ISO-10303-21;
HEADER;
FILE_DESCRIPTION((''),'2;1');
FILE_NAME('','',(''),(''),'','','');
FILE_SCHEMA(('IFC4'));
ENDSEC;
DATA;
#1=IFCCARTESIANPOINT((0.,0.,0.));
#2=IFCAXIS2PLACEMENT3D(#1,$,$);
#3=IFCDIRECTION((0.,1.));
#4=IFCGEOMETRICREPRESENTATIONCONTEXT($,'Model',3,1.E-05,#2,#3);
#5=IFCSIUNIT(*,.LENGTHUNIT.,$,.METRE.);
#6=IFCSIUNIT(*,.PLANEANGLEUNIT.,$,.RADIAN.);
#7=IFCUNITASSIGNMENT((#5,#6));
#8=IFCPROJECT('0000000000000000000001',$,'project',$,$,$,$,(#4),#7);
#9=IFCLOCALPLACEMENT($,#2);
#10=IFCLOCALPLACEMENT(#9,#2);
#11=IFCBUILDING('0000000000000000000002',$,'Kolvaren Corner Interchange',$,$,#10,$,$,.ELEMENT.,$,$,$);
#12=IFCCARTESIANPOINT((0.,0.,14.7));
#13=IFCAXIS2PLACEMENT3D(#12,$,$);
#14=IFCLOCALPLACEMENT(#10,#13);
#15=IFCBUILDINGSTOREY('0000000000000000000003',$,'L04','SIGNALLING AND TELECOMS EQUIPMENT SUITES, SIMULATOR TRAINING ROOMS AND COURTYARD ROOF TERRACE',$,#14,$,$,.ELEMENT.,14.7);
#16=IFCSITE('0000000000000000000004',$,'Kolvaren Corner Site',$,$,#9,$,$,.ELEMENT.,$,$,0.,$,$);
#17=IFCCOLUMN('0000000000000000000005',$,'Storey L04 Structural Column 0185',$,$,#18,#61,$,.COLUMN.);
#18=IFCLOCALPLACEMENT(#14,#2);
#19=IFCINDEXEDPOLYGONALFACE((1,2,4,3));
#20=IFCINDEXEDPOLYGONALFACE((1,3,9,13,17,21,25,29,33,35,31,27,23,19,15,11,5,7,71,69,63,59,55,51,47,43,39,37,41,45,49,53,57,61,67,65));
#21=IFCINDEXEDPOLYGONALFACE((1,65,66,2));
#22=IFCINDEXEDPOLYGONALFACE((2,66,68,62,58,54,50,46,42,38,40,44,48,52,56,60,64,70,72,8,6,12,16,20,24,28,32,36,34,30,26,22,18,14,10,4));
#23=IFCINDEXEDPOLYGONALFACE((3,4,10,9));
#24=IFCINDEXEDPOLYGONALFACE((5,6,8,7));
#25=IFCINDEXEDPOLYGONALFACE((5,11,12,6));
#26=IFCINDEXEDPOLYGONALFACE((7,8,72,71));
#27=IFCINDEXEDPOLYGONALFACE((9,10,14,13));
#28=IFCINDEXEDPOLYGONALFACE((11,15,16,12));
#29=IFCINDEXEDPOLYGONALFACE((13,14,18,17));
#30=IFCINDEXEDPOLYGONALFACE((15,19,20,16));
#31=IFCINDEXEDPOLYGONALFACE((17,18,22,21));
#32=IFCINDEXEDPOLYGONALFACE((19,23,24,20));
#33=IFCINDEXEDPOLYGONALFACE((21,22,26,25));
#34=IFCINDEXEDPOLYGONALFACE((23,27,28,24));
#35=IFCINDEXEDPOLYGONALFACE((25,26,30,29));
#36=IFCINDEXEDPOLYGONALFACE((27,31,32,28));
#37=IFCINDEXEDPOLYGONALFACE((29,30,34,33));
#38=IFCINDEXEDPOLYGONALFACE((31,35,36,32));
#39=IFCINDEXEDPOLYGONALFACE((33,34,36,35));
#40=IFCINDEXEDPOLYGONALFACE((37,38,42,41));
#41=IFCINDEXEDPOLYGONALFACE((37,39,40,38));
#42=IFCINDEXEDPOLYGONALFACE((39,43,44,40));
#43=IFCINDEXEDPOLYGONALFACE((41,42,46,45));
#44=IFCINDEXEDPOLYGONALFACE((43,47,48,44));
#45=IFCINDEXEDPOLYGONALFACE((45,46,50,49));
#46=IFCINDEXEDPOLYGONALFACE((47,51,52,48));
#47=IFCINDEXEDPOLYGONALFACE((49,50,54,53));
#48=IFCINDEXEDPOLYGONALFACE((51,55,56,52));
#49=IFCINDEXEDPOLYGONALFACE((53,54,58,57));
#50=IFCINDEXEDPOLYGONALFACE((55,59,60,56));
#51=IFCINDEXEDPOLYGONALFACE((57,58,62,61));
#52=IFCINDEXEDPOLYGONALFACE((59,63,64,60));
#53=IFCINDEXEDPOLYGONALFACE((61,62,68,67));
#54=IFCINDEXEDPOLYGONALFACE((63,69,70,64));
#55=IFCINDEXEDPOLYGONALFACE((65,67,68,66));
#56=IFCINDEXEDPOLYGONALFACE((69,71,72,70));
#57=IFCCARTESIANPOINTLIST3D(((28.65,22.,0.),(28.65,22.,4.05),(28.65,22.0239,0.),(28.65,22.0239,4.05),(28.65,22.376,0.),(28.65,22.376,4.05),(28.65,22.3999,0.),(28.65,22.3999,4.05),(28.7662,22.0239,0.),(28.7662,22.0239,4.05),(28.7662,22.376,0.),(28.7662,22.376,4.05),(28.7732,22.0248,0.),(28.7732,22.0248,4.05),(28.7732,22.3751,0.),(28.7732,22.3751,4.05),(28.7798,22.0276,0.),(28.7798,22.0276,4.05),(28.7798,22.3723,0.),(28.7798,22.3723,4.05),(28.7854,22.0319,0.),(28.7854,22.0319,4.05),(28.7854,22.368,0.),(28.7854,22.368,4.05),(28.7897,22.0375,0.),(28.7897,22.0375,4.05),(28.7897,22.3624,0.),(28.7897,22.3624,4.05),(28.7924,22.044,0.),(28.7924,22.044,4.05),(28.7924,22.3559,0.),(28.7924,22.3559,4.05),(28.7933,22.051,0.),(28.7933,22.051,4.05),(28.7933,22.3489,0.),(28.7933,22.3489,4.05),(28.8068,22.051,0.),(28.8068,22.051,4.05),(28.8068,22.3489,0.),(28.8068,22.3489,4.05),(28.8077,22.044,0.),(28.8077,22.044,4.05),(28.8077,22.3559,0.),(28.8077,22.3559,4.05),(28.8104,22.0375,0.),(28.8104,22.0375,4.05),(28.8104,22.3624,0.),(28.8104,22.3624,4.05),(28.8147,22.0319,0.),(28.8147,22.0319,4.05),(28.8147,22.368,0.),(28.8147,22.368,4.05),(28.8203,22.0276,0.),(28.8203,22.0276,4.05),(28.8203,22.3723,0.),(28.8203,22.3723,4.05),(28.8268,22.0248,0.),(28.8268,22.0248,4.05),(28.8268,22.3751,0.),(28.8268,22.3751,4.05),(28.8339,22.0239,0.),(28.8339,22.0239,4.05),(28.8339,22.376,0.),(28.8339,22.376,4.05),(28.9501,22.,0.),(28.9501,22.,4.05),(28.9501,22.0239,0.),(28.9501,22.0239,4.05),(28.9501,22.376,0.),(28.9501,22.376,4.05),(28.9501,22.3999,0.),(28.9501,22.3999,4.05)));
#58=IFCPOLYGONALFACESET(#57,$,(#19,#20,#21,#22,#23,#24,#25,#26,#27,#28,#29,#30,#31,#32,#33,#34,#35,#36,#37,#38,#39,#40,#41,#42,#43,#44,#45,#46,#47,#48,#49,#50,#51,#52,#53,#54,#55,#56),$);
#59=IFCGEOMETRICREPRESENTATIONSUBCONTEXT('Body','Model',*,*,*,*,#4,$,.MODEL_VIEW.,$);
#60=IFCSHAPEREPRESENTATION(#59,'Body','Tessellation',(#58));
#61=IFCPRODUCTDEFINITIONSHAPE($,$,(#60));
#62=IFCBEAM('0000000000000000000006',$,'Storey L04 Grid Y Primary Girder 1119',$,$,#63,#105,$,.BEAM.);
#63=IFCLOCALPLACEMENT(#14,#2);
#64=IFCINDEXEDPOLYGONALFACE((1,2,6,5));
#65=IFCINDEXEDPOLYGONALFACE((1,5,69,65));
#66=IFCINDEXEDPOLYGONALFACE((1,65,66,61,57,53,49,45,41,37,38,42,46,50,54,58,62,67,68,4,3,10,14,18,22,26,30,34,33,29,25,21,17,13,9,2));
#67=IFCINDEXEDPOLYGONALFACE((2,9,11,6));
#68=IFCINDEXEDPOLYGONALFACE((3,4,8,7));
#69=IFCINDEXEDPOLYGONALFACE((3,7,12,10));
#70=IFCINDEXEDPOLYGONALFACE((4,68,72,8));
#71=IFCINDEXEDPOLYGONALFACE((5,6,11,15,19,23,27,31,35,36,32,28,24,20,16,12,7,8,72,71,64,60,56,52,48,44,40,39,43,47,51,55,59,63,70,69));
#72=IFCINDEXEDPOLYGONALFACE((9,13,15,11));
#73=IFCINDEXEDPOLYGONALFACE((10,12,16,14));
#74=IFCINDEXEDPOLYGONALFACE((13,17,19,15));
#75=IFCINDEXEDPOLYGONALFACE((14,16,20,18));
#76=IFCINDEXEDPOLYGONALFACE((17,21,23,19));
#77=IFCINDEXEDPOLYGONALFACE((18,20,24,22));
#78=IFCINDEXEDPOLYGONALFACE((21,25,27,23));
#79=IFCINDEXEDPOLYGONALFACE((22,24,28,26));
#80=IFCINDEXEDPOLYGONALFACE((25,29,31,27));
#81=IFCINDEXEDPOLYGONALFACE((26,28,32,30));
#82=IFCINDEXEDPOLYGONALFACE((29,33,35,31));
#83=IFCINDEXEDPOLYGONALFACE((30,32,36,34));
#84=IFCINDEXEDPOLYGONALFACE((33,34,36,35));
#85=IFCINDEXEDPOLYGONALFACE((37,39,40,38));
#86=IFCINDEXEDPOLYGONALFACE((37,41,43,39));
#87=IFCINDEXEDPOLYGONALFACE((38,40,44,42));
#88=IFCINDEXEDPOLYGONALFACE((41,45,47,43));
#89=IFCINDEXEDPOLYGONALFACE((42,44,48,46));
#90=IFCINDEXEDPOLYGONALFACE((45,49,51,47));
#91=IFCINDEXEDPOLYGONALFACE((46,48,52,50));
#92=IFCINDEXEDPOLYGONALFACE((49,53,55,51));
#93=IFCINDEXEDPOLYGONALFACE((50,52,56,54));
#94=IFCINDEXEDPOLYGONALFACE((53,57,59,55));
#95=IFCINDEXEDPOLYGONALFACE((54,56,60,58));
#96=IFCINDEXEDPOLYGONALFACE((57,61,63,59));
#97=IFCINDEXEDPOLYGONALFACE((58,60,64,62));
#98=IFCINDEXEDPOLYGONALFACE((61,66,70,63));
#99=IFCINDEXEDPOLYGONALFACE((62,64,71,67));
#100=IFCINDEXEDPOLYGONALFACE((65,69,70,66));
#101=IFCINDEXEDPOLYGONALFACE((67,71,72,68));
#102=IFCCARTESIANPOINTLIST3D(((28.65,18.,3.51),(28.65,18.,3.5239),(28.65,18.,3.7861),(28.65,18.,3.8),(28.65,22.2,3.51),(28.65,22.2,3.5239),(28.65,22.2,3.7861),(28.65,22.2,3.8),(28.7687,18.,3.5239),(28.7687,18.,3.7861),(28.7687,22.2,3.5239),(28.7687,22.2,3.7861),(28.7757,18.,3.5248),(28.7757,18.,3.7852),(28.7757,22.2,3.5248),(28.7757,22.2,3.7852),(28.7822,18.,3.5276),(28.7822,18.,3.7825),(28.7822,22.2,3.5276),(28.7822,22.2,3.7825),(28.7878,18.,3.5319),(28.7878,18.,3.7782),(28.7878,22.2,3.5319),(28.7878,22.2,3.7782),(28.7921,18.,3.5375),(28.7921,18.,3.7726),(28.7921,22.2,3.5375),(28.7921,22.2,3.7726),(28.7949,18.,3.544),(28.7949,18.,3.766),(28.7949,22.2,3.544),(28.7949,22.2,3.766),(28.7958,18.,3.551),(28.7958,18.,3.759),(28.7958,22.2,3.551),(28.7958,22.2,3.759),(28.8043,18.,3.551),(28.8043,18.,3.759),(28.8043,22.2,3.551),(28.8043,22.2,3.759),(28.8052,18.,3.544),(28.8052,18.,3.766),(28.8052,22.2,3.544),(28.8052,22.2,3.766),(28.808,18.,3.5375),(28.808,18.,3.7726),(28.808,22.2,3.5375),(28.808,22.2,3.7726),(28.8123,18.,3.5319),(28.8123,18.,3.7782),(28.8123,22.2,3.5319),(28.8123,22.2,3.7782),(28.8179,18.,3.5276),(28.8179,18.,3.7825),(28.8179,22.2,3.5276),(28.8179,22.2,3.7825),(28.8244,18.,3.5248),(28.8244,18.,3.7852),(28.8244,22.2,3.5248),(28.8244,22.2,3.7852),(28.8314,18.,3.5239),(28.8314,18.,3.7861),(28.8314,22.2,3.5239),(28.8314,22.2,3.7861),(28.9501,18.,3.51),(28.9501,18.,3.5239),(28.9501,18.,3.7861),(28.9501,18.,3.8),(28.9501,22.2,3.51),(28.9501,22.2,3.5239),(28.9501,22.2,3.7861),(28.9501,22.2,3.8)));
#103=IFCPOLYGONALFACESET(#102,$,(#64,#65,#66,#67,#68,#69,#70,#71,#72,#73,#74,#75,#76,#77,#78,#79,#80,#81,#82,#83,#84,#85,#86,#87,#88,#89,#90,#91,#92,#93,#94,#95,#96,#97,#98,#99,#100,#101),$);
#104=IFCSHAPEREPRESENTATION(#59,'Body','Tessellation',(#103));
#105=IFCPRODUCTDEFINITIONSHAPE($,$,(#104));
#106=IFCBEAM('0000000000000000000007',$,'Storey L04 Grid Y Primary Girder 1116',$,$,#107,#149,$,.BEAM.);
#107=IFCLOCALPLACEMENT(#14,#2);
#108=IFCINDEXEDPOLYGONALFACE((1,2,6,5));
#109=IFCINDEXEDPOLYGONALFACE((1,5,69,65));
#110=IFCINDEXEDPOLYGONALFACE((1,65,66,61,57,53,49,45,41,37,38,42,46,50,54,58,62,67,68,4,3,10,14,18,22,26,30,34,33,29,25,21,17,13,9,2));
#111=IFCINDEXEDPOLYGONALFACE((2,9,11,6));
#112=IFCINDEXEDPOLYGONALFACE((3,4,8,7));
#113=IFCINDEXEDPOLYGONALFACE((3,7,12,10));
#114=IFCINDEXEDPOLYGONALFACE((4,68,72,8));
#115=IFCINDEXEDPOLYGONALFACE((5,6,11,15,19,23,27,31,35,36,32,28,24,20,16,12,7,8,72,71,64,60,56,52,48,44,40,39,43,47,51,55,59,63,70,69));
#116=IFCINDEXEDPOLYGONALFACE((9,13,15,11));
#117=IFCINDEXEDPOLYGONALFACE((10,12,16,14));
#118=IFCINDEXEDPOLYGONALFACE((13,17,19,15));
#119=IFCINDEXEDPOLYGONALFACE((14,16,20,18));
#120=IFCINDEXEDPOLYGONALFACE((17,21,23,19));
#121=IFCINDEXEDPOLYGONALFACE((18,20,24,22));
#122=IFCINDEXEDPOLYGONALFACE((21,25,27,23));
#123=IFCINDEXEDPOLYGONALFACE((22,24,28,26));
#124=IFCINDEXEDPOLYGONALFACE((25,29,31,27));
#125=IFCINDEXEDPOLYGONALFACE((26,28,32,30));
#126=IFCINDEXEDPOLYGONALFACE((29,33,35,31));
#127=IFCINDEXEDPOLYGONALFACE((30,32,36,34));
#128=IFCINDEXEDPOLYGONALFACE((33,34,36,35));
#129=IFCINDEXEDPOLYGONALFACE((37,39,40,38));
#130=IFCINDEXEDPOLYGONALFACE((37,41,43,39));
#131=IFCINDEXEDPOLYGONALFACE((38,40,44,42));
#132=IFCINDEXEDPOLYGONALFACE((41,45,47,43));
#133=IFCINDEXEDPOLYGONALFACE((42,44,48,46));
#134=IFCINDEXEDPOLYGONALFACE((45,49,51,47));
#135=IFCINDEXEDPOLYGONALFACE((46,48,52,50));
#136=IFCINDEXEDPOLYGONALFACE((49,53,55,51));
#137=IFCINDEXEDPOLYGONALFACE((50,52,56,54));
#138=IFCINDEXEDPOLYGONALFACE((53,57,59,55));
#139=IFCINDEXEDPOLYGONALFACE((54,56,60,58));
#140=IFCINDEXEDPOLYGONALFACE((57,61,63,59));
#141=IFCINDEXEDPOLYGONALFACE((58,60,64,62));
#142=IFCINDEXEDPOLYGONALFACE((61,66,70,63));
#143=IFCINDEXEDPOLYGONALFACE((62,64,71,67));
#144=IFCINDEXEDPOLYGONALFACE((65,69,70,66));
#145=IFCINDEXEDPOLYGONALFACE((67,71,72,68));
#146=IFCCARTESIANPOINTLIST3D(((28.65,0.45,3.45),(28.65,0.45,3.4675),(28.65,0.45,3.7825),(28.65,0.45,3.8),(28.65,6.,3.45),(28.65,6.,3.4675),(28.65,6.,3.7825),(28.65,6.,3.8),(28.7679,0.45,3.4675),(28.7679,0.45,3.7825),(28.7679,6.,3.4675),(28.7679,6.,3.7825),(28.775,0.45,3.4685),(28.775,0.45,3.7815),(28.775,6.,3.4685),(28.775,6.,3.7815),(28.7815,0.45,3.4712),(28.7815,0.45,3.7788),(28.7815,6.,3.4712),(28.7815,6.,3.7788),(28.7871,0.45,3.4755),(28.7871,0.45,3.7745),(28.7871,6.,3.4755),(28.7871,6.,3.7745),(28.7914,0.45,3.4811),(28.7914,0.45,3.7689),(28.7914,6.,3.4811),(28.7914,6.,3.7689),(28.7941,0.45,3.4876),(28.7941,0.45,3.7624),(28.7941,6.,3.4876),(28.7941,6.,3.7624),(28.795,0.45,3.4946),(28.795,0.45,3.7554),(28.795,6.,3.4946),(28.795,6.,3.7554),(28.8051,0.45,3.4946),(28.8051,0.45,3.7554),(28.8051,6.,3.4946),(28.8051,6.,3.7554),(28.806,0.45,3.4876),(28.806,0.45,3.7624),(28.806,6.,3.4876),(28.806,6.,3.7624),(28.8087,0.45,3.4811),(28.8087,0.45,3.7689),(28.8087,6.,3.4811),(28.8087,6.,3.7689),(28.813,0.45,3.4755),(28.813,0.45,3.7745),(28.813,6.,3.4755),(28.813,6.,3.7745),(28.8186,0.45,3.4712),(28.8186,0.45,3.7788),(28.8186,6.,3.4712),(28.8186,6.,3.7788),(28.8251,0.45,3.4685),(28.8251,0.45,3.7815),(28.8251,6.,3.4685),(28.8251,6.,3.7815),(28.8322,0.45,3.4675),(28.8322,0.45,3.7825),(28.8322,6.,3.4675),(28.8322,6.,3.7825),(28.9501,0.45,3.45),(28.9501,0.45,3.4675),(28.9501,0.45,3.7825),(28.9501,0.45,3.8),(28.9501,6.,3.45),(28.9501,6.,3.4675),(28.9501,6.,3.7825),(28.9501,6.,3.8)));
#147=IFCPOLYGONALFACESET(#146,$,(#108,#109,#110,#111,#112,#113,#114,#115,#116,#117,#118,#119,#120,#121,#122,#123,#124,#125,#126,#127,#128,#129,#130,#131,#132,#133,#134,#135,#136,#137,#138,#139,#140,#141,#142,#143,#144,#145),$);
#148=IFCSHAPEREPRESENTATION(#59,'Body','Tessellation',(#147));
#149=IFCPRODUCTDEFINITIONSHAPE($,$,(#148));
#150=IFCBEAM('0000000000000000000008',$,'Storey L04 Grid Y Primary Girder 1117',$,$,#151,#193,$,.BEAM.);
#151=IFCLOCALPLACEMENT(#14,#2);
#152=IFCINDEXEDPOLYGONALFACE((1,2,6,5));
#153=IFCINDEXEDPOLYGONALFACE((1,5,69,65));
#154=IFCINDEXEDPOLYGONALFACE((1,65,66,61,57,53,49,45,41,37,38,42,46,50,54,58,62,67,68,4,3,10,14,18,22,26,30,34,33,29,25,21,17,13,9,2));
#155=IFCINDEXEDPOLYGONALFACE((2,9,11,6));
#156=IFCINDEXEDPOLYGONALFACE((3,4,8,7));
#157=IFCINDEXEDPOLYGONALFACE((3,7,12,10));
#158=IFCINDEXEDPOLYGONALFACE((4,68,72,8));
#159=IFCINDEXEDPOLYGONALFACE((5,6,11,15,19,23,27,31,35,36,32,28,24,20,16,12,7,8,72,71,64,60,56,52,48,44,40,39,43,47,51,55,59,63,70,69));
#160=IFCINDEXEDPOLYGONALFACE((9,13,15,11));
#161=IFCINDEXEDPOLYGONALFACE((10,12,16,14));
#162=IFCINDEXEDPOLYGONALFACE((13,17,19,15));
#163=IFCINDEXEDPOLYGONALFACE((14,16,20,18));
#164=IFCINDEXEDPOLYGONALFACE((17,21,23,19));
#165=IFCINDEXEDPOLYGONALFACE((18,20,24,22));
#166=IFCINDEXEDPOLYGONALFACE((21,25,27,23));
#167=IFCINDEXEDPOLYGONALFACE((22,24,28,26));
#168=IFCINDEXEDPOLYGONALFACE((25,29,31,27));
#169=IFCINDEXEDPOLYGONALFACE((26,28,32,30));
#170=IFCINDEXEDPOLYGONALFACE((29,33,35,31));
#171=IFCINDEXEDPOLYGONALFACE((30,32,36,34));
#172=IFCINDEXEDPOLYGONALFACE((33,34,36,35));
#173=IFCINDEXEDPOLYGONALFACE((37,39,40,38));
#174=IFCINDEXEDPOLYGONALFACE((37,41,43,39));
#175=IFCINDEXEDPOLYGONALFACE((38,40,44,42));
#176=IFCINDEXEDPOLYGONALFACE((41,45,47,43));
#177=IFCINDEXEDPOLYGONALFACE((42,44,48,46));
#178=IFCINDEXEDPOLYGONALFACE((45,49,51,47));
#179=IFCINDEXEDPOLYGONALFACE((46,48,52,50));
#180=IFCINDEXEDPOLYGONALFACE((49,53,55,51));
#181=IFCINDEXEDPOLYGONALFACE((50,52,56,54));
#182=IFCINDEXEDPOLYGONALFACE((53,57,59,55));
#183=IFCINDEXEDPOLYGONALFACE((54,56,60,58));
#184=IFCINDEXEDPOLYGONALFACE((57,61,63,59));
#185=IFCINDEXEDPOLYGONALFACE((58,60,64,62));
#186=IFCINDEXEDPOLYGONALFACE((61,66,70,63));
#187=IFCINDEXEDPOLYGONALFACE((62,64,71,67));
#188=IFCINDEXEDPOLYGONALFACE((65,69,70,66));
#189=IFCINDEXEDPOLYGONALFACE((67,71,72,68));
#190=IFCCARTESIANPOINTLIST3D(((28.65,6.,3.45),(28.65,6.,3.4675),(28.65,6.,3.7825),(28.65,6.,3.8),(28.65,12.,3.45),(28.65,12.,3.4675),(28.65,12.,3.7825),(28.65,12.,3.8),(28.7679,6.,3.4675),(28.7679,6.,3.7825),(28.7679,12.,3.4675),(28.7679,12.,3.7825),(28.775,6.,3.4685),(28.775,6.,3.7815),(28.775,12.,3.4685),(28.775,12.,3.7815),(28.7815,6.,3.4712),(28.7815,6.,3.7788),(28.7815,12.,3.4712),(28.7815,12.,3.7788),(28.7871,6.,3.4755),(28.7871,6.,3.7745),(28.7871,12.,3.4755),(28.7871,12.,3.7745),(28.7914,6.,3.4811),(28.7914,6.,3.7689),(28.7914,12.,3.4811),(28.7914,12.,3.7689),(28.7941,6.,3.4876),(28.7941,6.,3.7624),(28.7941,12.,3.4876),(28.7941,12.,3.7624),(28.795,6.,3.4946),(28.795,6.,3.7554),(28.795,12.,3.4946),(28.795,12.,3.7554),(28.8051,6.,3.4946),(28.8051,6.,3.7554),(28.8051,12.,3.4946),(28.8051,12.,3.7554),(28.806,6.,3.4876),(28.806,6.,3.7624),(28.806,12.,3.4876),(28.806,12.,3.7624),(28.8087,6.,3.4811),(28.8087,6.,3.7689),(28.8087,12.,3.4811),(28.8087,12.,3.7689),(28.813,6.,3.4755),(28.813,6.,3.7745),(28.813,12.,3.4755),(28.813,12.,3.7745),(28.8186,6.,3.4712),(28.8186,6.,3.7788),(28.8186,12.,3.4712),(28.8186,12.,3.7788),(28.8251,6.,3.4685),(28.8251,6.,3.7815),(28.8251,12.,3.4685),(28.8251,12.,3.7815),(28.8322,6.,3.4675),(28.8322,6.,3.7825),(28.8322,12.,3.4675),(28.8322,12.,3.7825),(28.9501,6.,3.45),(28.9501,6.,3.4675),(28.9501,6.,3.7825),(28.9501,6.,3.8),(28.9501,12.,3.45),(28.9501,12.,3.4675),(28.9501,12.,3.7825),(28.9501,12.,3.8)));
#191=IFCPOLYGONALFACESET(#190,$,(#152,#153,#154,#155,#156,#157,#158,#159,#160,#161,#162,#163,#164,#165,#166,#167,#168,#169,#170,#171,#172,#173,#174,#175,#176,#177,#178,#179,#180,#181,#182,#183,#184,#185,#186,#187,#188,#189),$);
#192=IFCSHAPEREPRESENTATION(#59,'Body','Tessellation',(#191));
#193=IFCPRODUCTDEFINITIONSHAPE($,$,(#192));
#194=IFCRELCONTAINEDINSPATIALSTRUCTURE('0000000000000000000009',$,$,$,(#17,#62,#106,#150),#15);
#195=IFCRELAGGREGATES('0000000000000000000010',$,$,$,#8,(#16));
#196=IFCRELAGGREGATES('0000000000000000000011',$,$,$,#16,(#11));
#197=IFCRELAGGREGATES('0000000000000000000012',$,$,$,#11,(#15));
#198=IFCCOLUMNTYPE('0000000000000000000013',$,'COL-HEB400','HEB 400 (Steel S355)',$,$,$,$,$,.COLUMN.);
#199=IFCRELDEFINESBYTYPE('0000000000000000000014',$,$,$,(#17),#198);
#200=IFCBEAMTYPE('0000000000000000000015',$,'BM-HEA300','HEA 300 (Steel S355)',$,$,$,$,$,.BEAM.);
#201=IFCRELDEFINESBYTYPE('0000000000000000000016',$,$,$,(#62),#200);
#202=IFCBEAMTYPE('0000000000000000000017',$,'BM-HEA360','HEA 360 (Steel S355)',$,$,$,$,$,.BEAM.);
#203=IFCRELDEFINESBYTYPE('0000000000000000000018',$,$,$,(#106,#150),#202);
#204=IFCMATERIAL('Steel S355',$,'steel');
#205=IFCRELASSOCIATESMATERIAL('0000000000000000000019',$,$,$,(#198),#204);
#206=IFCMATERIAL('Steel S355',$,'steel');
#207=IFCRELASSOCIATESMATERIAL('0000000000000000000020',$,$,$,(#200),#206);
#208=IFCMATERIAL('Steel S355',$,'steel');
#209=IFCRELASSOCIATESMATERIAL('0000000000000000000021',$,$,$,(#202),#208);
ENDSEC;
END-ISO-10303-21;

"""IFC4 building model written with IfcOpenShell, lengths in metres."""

from ifc_helpers import new_model, si_unit, direction, frame, origin, origin_2d, place, context, subcontext, project, spatial, i_section, extrude, material, material_profile, profile_set, type_object, element, save


model = new_model("IFC4")

# Units and contexts
model_context = context("Model", 3, precision=1e-05, world=origin(), true_north=direction((0.0, 1.0)))
body_context = subcontext(model_context, "Body", "Model", "MODEL_VIEW")
ifc_project = project(units=[si_unit("LENGTHUNIT", "METRE"), si_unit("PLANEANGLEUNIT", "RADIAN")], contexts=[model_context])

# Site, building, storey
site_placement = place(None, origin())
site = spatial("IfcSite", under=ifc_project, at=site_placement, Name="Kolvaren Corner Site", CompositionType="ELEMENT", RefElevation=0.0)
building_placement = place(site_placement, origin())
building = spatial("IfcBuilding", under=site, at=building_placement, Name="Kolvaren Corner Interchange", CompositionType="ELEMENT")
storey_placement = place(building_placement, frame((0.0, 0.0, 14.7)))
storey = spatial("IfcBuildingStorey", under=building, at=storey_placement, Name="L04", Description="SIGNALLING AND TELECOMS EQUIPMENT SUITES, SIMULATOR TRAINING ROOMS AND COURTYARD ROOF TERRACE", CompositionType="ELEMENT", Elevation=14.7)

# Column
ifc_material_1 = material(Name="Steel S355", Category="steel")
ifc_material_profile_1 = material_profile(ifc_material_1, i_section(OverallWidth=0.3, OverallDepth=0.3999, WebThickness=0.0134, FlangeThickness=0.0239, FilletRadius=0.0271, at=origin_2d()), Name="HEB 400")
ifc_profile_set_1 = profile_set([ifc_material_profile_1], Name="Steel S355")
column_type = type_object("IfcColumnType", Name="COL-HEB400", Description="HEB 400 (Steel S355)", PredefinedType="COLUMN", material=ifc_profile_set_1)
for number, where, z_axis, x_axis, name in (
    (1, (28.8, 22.2, 0.0), (0.0, 0.0, 1.0), (1.0, 0.0, 0.0), "Storey L04 Structural Column 0185"),
):
    element("IfcColumn", number, at=place(storey_placement, frame(where, z_axis=z_axis, x_axis=x_axis)), inside=storey, type_object=column_type, Name=name, PredefinedType="COLUMN", context=body_context, shape_type="SweptSolid", body=[
        extrude(i_section(OverallWidth=0.3, OverallDepth=0.3999, WebThickness=0.0134, FlangeThickness=0.0239, FilletRadius=0.0271, at=origin_2d()), origin(), (0.0, 0.0, 1.0), 4.05),
    ])

# Beams
ifc_material_2 = material(Name="Steel S355", Category="steel")
ifc_material_profile_2 = material_profile(ifc_material_2, i_section(OverallWidth=0.3, OverallDepth=0.29, WebThickness=0.0085, FlangeThickness=0.0139, FilletRadius=0.0271, at=origin_2d()), Name="HEA 300")
ifc_profile_set_2 = profile_set([ifc_material_profile_2], Name="Steel S355")
beam_type_1 = type_object("IfcBeamType", Name="BM-HEA300", Description="HEA 300 (Steel S355)", PredefinedType="BEAM", material=ifc_profile_set_2)
beam_1_placement = place(storey_placement, frame((28.8, 18.0, 3.655), z_axis=(0.0, 1.0, 0.0), x_axis=(-1.0, 0.0, 0.0)))
element("IfcBeam", 2, at=beam_1_placement, inside=storey, type_object=beam_type_1, Name="Storey L04 Grid Y Primary Girder 1119", PredefinedType="BEAM", context=body_context, shape_type="SweptSolid", body=[
    extrude(i_section(OverallWidth=0.3, OverallDepth=0.29, WebThickness=0.0085, FlangeThickness=0.0139, FilletRadius=0.0271, at=origin_2d()), origin(), (0.0, 0.0, 1.0), 4.2),
])
ifc_material_3 = material(Name="Steel S355", Category="steel")
ifc_material_profile_3 = material_profile(ifc_material_3, i_section(OverallWidth=0.3, OverallDepth=0.3501, WebThickness=0.01, FlangeThickness=0.0176, FilletRadius=0.0271, at=origin_2d()), Name="HEA 360")
ifc_profile_set_3 = profile_set([ifc_material_profile_3], Name="Steel S355")
beam_type_2 = type_object("IfcBeamType", Name="BM-HEA360", Description="HEA 360 (Steel S355)", PredefinedType="BEAM", material=ifc_profile_set_3)
beam_2_placement = place(storey_placement, frame((28.8, 0.45, 3.625), z_axis=(0.0, 1.0, 0.0), x_axis=(-1.0, 0.0, 0.0)))
element("IfcBeam", 3, at=beam_2_placement, inside=storey, type_object=beam_type_2, Name="Storey L04 Grid Y Primary Girder 1116", PredefinedType="BEAM", context=body_context, shape_type="SweptSolid", body=[
    extrude(i_section(OverallWidth=0.3, OverallDepth=0.3501, WebThickness=0.01, FlangeThickness=0.0176, FilletRadius=0.0271, at=origin_2d()), origin(), (0.0, 0.0, 1.0), 5.55),
])
for number, where, z_axis, x_axis, name in (
    (4, (28.8, 6.0, 3.625), (0.0, 1.0, 0.0), (-1.0, 0.0, 0.0), "Storey L04 Grid Y Primary Girder 1117"),
):
    element("IfcBeam", number, at=place(storey_placement, frame(where, z_axis=z_axis, x_axis=x_axis)), inside=storey, type_object=beam_type_2, Name=name, PredefinedType="BEAM", context=body_context, shape_type="SweptSolid", body=[
        extrude(i_section(OverallWidth=0.3, OverallDepth=0.3501, WebThickness=0.01, FlangeThickness=0.0176, FilletRadius=0.0271, at=origin_2d()), origin(), (0.0, 0.0, 1.0), 6.0),
    ])

save(model, "model.ifc")
